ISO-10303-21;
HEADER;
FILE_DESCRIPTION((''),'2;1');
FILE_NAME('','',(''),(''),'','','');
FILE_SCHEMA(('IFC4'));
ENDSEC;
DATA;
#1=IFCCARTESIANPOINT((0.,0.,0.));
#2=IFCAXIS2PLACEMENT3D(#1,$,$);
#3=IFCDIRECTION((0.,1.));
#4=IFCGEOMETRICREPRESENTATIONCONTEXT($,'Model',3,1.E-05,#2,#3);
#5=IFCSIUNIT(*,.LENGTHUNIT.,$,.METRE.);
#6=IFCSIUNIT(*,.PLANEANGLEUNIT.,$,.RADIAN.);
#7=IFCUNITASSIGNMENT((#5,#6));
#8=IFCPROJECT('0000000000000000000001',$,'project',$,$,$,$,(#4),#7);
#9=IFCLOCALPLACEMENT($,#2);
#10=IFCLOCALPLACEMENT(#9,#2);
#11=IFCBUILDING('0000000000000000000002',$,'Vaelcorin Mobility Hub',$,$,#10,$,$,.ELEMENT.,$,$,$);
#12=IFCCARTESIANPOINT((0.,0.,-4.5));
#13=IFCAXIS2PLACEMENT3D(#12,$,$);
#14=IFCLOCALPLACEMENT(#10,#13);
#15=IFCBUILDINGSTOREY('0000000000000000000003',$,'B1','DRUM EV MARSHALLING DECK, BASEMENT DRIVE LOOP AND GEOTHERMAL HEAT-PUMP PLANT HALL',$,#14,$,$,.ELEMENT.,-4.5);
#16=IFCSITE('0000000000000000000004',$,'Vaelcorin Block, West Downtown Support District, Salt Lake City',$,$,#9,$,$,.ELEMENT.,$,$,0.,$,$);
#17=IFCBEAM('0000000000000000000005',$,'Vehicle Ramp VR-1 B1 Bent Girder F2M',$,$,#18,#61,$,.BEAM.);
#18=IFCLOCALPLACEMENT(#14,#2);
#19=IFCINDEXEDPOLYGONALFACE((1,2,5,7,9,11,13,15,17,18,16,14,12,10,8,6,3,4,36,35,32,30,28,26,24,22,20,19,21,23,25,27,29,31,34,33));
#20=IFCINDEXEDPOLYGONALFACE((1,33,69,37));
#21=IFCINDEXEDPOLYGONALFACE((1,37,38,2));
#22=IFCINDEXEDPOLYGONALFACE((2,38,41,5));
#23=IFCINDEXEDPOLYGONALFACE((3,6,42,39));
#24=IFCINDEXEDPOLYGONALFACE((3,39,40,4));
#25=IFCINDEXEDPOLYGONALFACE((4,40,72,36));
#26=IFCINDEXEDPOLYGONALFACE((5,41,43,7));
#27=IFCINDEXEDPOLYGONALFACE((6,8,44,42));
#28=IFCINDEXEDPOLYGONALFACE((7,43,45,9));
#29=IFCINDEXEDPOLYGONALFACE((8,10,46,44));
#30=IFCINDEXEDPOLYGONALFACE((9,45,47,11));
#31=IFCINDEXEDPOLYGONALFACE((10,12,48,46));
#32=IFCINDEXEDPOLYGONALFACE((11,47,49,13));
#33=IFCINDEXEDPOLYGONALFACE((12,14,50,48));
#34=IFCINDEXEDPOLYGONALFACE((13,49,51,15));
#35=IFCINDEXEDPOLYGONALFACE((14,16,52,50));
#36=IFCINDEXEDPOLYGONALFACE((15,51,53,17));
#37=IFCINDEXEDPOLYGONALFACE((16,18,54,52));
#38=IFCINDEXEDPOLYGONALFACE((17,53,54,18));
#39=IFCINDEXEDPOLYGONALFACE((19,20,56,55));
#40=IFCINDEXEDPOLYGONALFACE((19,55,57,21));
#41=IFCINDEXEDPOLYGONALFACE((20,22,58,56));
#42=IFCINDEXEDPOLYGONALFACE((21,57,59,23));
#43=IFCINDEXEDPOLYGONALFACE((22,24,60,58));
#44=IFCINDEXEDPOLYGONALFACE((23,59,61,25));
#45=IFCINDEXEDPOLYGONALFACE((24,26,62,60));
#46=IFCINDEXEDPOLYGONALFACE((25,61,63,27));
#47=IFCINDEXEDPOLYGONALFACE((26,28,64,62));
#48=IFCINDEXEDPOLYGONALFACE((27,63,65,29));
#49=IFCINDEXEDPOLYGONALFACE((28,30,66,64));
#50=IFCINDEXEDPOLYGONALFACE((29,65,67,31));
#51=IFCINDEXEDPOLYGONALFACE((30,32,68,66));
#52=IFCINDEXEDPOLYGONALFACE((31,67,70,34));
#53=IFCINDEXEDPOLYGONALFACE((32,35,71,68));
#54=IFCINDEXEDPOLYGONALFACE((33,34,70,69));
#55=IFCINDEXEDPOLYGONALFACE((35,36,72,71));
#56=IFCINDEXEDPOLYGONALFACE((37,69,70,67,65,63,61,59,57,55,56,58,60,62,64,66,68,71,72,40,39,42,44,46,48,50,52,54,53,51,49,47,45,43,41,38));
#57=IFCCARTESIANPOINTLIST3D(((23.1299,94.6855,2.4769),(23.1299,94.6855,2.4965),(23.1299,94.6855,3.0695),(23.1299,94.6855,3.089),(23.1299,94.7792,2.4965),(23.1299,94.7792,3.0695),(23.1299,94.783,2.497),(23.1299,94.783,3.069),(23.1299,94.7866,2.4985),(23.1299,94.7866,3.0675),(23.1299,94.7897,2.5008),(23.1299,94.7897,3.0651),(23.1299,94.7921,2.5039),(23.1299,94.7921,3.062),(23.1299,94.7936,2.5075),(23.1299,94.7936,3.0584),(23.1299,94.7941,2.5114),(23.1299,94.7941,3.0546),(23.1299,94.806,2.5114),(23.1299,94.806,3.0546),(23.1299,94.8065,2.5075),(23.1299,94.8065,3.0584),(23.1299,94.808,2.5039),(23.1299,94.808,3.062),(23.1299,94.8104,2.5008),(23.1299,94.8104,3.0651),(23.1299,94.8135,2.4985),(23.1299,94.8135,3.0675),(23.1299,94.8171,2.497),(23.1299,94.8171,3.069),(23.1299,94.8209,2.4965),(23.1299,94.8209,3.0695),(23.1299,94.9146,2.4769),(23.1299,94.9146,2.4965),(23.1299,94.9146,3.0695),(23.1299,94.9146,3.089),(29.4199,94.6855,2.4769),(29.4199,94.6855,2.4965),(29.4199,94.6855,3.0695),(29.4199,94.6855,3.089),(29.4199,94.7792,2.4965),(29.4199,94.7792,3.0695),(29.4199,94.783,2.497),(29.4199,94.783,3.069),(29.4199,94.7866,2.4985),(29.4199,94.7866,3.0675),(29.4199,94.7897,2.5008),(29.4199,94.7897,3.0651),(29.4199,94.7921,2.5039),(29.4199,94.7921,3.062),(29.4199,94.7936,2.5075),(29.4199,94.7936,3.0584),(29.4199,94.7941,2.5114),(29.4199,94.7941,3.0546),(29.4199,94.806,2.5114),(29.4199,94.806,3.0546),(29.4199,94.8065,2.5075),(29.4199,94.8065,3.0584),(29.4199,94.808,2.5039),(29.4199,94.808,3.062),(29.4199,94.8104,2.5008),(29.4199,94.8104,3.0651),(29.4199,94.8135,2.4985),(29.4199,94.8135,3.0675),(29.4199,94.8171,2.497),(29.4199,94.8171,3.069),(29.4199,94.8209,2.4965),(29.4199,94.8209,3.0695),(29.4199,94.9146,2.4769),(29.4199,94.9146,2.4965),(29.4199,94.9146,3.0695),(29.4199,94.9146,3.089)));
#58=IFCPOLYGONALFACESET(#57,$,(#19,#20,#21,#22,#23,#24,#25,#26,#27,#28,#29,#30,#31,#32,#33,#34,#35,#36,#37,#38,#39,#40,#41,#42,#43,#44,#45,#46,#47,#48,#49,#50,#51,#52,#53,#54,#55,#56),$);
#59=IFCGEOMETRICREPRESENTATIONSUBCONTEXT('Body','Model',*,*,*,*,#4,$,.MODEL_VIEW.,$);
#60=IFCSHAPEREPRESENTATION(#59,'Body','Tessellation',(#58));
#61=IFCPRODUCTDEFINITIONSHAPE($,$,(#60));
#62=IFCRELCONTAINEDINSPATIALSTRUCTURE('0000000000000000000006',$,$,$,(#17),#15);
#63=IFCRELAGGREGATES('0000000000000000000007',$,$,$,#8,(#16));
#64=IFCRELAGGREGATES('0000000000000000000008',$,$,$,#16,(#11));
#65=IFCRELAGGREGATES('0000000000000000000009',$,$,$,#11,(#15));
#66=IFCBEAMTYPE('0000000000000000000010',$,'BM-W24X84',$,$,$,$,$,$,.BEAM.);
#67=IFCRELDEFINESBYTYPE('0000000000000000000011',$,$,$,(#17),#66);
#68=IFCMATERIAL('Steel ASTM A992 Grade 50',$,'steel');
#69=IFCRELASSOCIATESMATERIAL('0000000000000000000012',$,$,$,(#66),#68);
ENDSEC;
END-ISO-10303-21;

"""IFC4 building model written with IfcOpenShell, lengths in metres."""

from ifc_helpers import new_model, si_unit, direction, frame, origin, origin_2d, place, context, subcontext, project, spatial, i_section, extrude, material, material_profile, profile_set, type_object, element, save


model = new_model("IFC4")

# Units and contexts
model_context = context("Model", 3, precision=1e-05, world=origin(), true_north=direction((0.0, 1.0)))
body_context = subcontext(model_context, "Body", "Model", "MODEL_VIEW")
ifc_project = project(units=[si_unit("LENGTHUNIT", "METRE"), si_unit("PLANEANGLEUNIT", "RADIAN")], contexts=[model_context])

# Site, building, storey
site_placement = place(None, origin())
site = spatial("IfcSite", under=ifc_project, at=site_placement, Name="Vaelcorin Block, West Downtown Support District, Salt Lake City", CompositionType="ELEMENT", RefElevation=0.0)
building_placement = place(site_placement, origin())
building = spatial("IfcBuilding", under=site, at=building_placement, Name="Vaelcorin Mobility Hub", CompositionType="ELEMENT")
storey_placement = place(building_placement, frame((0.0, 0.0, -4.5)))
storey = spatial("IfcBuildingStorey", under=building, at=storey_placement, Name="B1", Description="DRUM EV MARSHALLING DECK, BASEMENT DRIVE LOOP AND GEOTHERMAL HEAT-PUMP PLANT HALL", CompositionType="ELEMENT", Elevation=-4.5)

# Shared definitions
ifc_material_1 = material(Name="Steel ASTM A992 Grade 50", Category="steel")

# Beam
ifc_material_profile_1 = material_profile(ifc_material_1, i_section(OverallWidth=0.229, OverallDepth=0.6121, WebThickness=0.012, FlangeThickness=0.0195, FilletRadius=0.0149, at=origin_2d()), Name="W24X84")
ifc_profile_set_1 = profile_set([ifc_material_profile_1], Name="Steel ASTM A992 Grade 50")
beam_type_1 = type_object("IfcBeamType", Name="BM-W24X84", PredefinedType="BEAM", material=ifc_profile_set_1)
for number, where, z_axis, x_axis, name in (
    (1, (23.1299, 94.8, 2.783), (1.0, 0.0, 0.0), (0.0, 1.0, 0.0), "Vehicle Ramp VR-1 B1 Bent Girder F2M"),
):
    element("IfcBeam", number, at=place(storey_placement, frame(where, z_axis=z_axis, x_axis=x_axis)), inside=storey, type_object=beam_type_1, Name=name, PredefinedType="BEAM", context=body_context, shape_type="SweptSolid", body=[
        extrude(i_section(OverallWidth=0.229, OverallDepth=0.6121, WebThickness=0.012, FlangeThickness=0.0195, FilletRadius=0.0149, at=origin_2d()), origin(), (0.0, 0.0, 1.0), 6.29),
    ])

save(model, "model.ifc")
